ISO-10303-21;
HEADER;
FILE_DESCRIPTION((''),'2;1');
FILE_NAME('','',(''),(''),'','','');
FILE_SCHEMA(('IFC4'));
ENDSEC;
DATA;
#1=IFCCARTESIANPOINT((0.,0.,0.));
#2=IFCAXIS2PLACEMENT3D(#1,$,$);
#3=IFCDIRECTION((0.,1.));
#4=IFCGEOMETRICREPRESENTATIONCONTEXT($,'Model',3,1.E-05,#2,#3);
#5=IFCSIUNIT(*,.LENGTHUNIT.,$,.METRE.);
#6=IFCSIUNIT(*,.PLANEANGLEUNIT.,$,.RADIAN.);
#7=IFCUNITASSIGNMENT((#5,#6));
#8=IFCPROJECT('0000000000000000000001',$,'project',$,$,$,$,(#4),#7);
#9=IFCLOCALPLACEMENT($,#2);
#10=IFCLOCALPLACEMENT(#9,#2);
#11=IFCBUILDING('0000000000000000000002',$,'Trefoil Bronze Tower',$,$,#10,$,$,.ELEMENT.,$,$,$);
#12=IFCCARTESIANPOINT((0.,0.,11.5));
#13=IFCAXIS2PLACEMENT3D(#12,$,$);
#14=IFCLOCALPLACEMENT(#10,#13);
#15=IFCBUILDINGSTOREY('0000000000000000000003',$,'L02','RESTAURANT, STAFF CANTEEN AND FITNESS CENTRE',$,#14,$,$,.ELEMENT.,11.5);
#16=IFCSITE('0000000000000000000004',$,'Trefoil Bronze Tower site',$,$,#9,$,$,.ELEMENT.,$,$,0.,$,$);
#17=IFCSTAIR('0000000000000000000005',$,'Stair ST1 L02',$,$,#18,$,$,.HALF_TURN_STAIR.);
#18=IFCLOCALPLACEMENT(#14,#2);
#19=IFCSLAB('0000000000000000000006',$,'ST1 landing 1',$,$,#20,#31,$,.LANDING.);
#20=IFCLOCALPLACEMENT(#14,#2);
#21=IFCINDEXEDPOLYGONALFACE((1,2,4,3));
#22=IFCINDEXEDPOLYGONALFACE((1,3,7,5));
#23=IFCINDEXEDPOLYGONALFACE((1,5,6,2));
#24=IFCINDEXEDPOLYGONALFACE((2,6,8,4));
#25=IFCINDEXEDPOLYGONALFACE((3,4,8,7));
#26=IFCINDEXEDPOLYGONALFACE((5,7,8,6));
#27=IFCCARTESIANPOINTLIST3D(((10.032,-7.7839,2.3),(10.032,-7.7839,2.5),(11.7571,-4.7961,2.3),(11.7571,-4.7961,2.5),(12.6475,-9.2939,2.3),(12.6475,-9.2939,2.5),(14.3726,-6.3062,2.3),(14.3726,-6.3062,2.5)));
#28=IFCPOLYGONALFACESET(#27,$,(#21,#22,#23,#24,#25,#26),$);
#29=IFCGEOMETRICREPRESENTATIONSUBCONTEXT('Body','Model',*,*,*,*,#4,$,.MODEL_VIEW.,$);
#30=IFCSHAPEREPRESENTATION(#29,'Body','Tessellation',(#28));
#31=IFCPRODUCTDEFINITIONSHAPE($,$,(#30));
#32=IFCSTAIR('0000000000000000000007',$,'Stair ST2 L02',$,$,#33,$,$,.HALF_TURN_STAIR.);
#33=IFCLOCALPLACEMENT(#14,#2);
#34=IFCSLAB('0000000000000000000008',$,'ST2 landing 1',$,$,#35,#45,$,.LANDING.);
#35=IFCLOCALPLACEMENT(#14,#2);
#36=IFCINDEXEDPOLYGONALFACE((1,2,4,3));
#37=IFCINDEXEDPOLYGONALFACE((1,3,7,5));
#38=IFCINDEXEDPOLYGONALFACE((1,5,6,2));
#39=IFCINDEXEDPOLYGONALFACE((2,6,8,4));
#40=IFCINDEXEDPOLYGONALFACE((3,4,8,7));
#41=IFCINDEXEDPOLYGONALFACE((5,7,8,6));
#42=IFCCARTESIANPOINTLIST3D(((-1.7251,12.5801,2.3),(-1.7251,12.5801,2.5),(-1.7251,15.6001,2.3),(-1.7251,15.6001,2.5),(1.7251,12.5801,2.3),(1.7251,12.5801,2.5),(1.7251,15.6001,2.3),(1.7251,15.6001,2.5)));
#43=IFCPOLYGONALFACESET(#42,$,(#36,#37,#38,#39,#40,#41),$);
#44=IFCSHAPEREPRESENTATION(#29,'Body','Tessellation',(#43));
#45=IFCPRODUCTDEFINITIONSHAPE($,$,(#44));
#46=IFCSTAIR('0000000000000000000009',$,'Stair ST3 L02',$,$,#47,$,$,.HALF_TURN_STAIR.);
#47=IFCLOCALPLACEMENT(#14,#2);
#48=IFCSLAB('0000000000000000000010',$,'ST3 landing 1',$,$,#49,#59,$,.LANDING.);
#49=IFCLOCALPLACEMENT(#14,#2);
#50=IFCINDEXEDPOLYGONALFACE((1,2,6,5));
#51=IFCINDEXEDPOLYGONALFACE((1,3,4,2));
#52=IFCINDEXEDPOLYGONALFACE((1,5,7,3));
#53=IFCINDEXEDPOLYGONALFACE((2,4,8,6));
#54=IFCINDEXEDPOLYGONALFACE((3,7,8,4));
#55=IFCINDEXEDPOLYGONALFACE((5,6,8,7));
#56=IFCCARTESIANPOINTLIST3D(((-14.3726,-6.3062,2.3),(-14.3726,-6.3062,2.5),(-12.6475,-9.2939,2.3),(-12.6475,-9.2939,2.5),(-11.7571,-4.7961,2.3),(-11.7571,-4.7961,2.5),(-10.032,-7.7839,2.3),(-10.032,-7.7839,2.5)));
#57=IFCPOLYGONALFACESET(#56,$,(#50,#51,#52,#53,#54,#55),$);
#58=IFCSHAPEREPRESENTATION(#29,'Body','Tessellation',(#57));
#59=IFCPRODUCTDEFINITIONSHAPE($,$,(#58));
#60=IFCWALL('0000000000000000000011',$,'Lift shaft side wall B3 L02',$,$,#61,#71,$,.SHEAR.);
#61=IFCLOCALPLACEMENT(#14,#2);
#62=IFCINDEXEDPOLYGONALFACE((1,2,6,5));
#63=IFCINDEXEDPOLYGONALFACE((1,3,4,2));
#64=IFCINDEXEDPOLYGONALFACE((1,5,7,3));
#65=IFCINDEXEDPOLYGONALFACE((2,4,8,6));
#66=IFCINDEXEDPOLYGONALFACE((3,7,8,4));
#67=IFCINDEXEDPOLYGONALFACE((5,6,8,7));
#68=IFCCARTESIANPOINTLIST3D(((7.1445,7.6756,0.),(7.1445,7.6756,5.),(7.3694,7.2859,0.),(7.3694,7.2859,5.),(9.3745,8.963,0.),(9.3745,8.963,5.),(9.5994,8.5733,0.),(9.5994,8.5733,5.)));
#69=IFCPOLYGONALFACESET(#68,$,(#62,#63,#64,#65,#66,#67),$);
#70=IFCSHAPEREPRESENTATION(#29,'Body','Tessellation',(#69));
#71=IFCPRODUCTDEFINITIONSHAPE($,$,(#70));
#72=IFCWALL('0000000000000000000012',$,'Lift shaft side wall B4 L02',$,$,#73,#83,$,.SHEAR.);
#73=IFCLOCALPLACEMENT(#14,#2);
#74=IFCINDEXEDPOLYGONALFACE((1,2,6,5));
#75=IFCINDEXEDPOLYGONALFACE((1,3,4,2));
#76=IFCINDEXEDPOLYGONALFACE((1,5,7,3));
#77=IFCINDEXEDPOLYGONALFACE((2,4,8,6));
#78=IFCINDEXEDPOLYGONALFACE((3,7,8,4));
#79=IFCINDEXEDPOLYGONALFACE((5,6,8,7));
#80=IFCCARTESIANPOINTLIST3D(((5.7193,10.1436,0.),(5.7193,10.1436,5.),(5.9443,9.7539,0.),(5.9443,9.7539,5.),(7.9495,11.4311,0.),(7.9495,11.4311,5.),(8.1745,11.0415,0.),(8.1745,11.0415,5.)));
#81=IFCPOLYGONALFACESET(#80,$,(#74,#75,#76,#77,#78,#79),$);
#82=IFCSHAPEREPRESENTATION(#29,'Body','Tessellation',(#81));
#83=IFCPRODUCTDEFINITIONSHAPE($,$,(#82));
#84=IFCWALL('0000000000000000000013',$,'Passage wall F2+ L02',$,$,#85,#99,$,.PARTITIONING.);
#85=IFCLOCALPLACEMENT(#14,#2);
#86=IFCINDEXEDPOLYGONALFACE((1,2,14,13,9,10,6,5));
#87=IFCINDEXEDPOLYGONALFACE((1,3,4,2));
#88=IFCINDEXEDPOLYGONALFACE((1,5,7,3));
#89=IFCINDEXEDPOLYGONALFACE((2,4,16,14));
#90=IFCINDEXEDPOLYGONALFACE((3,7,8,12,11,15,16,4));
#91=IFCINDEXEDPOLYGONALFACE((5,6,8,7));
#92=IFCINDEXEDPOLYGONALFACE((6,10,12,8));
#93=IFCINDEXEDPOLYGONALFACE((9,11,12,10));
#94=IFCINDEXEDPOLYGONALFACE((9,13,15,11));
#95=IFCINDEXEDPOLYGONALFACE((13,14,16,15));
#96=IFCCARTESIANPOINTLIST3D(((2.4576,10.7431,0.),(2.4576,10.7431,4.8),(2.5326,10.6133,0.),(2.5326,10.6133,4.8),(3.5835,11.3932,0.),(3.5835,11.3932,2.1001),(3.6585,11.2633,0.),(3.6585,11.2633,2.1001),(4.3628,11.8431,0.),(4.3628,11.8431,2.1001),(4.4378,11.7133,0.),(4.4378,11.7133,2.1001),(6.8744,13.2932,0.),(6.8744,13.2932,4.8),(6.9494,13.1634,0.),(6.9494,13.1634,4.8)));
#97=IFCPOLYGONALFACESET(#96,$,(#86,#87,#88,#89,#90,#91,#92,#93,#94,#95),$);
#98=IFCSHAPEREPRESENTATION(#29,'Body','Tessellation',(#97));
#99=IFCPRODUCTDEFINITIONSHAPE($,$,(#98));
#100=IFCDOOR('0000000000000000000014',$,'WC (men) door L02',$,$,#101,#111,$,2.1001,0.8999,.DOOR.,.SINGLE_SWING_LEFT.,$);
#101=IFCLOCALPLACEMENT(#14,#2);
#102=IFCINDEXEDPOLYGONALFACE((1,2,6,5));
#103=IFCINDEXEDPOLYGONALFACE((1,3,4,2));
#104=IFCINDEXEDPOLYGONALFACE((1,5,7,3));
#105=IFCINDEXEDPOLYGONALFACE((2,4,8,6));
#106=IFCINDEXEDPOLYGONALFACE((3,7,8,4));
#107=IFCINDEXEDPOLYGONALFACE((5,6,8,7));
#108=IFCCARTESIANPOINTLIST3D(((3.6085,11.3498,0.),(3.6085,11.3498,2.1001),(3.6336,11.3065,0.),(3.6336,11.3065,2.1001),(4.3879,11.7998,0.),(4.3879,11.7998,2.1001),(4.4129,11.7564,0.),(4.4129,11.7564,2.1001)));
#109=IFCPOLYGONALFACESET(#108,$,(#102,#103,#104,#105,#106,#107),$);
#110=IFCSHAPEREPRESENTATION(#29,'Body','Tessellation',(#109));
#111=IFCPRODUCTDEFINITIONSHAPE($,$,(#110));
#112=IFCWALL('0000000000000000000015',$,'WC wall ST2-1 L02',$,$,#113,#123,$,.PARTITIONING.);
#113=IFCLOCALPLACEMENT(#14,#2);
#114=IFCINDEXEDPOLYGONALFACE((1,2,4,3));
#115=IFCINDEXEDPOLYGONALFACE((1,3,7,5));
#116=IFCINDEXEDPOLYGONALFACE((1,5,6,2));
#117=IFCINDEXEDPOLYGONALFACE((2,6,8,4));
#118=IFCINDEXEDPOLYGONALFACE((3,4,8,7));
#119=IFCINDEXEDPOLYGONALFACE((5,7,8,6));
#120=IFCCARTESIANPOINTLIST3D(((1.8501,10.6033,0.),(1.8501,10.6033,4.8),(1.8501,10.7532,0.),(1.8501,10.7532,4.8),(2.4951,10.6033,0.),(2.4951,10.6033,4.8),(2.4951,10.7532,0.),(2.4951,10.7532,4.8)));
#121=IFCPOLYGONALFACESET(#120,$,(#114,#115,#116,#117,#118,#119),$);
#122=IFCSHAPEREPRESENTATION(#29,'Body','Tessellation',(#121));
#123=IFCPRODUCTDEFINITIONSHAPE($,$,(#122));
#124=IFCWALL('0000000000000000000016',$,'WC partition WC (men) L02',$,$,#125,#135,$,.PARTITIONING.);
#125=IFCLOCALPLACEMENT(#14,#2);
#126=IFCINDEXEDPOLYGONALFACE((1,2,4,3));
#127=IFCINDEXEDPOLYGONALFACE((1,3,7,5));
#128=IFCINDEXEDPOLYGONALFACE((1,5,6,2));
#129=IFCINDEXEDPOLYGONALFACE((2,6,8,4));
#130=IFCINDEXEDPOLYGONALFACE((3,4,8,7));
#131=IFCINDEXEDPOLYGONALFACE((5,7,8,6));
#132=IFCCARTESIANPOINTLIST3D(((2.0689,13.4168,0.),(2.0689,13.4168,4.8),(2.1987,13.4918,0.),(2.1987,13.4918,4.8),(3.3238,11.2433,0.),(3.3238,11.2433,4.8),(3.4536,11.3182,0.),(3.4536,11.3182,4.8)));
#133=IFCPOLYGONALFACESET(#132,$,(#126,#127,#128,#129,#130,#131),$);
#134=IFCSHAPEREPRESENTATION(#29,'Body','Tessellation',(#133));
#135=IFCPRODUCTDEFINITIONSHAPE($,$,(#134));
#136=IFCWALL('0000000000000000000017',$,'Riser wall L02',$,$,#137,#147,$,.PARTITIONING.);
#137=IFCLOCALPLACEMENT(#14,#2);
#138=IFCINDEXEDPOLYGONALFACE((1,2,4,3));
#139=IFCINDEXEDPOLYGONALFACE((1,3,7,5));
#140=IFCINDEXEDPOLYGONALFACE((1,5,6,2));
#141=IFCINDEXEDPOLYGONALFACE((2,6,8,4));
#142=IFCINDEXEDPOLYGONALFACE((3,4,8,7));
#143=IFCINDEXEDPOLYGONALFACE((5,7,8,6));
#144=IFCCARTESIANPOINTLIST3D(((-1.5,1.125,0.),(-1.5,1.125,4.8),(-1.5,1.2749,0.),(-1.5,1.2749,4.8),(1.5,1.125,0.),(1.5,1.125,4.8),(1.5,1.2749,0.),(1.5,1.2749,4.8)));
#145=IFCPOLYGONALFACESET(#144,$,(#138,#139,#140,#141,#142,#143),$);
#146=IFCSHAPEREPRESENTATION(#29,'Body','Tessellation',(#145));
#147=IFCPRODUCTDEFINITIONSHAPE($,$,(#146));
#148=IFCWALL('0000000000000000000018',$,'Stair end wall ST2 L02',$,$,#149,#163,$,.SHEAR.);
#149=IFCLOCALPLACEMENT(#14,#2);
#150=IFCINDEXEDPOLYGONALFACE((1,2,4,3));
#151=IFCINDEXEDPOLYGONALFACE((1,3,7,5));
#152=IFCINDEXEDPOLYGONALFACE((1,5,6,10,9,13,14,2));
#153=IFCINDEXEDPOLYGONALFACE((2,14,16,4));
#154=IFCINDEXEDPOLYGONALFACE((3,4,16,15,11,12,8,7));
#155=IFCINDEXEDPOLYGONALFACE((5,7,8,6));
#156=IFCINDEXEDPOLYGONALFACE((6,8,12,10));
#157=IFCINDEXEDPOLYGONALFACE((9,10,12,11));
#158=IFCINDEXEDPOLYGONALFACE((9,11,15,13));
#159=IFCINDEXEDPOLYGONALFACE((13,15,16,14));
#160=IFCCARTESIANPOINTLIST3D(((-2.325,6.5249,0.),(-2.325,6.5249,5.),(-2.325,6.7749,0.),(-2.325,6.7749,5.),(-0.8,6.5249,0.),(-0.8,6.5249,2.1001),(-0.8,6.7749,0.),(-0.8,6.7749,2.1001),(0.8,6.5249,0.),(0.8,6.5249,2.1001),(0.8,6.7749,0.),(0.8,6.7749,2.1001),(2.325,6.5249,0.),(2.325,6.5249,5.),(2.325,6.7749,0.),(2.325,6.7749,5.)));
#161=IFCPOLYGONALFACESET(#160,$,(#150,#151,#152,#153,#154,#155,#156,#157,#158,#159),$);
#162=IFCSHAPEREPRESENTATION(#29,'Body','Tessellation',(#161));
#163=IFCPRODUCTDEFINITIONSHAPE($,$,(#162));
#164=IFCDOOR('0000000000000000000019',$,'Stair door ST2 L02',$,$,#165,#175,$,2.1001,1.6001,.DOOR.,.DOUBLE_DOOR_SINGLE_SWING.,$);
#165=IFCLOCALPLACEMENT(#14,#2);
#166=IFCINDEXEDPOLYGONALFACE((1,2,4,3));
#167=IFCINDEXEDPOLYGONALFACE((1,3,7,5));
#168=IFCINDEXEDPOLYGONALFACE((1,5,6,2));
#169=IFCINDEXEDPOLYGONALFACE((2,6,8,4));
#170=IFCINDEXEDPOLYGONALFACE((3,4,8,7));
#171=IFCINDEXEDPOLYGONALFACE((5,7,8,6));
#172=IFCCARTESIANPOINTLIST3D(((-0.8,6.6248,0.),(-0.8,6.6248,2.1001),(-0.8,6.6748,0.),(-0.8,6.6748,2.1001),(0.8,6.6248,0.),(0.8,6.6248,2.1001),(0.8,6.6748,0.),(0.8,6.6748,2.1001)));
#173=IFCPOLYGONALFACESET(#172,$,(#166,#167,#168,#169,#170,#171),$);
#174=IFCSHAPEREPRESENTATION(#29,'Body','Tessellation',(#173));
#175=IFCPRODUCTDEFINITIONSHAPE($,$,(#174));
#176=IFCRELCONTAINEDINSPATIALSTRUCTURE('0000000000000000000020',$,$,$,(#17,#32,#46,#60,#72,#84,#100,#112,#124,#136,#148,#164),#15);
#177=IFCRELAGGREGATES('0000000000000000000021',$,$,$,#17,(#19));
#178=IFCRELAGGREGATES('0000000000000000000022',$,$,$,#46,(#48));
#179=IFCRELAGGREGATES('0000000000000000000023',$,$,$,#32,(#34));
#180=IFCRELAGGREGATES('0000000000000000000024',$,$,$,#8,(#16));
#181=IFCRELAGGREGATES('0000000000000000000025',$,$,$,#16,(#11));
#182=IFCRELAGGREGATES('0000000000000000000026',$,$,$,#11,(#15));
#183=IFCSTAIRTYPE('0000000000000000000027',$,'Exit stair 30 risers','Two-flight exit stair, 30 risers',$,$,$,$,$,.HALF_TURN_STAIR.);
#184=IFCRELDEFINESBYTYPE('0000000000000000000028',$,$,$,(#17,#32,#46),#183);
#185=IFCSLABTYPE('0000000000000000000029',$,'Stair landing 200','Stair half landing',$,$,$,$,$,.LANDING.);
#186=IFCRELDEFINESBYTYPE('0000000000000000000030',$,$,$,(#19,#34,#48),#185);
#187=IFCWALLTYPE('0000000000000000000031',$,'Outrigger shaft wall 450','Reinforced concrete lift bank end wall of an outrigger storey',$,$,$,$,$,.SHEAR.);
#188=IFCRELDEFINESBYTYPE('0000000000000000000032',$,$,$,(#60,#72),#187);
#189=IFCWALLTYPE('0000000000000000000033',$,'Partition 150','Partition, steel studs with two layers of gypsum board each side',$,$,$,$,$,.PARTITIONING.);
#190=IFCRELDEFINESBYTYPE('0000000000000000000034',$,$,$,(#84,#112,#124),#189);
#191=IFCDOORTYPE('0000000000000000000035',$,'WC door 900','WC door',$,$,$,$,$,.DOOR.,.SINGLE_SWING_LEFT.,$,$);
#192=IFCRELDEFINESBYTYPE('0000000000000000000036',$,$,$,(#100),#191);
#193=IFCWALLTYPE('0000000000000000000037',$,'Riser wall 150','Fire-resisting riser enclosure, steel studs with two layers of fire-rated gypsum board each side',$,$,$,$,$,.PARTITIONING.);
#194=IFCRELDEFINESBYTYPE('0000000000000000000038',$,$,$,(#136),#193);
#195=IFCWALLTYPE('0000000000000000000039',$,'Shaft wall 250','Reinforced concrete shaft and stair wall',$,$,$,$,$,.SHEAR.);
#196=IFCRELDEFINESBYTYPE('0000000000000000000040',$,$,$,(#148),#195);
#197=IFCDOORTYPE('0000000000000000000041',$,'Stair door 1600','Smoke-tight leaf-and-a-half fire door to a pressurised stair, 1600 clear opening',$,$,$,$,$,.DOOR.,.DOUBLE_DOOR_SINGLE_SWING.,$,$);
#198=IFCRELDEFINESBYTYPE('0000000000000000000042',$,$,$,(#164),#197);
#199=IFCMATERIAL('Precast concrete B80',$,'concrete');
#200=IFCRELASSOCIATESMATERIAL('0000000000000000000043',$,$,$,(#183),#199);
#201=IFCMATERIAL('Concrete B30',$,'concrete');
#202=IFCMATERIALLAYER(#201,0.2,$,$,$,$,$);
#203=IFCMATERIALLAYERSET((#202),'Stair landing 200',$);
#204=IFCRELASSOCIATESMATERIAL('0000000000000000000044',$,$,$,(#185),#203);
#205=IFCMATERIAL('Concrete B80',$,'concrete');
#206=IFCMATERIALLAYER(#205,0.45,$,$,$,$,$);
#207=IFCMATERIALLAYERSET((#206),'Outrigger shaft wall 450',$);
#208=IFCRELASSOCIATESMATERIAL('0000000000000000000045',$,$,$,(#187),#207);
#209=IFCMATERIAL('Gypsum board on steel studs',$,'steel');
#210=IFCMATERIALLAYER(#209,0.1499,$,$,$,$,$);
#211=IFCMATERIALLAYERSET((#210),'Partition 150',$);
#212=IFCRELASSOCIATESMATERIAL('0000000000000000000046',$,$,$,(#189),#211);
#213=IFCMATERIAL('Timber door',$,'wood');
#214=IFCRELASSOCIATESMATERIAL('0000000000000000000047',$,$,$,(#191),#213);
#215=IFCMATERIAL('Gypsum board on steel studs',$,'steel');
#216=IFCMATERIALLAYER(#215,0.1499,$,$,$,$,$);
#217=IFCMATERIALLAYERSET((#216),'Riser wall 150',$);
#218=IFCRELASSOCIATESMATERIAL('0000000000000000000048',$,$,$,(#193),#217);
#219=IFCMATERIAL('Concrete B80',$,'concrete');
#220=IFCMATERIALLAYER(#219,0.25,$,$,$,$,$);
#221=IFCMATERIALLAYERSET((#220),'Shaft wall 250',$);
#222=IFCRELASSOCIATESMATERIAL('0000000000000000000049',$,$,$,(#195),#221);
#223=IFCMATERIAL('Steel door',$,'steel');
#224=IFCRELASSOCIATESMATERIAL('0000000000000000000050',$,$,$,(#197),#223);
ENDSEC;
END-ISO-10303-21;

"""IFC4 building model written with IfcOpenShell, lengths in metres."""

from ifc_helpers import new_model, si_unit, direction, frame, frame_2d, origin, place, context, subcontext, project, spatial, polyline, rectangle, outline, extrude, material, layer, layer_set, type_object, element, fill, aggregate, save


model = new_model("IFC4")

# Units and contexts
model_context = context("Model", 3, precision=1e-05, world=origin(), true_north=direction((0.0, 1.0)))
body_context = subcontext(model_context, "Body", "Model", "MODEL_VIEW")
ifc_project = project(units=[si_unit("LENGTHUNIT", "METRE"), si_unit("PLANEANGLEUNIT", "RADIAN")], contexts=[model_context])

# Site, building, storey
site_placement = place(None, origin())
site = spatial("IfcSite", under=ifc_project, at=site_placement, Name="Trefoil Bronze Tower site", CompositionType="ELEMENT", RefElevation=0.0)
building_placement = place(site_placement, origin())
building = spatial("IfcBuilding", under=site, at=building_placement, Name="Trefoil Bronze Tower", CompositionType="ELEMENT")
storey_placement = place(building_placement, frame((0.0, 0.0, 11.5)))
storey = spatial("IfcBuildingStorey", under=building, at=storey_placement, Name="L02", Description="RESTAURANT, STAFF CANTEEN AND FITNESS CENTRE", CompositionType="ELEMENT", Elevation=11.5)

# Stairs, slabs
ifc_material_1 = material(Name="Precast concrete B80", Category="concrete")
stair_type = type_object("IfcStairType", Name="Exit stair 30 risers", Description="Two-flight exit stair, 30 risers", PredefinedType="HALF_TURN_STAIR", material=ifc_material_1)
stair_1_placement = place(storey_placement, origin())
stair_1 = element("IfcStair", 1, at=stair_1_placement, inside=storey, type_object=stair_type, Name="Stair ST1 L02", PredefinedType="HALF_TURN_STAIR")
ifc_material_2 = material(Name="Concrete B30", Category="concrete")
ifc_layer_1 = layer(ifc_material_2, 0.2)
ifc_layer_set_1 = layer_set([ifc_layer_1], Name="Stair landing 200")
slab_type = type_object("IfcSlabType", Name="Stair landing 200", Description="Stair half landing", PredefinedType="LANDING", material=ifc_layer_set_1)
slab_1_placement = place(storey_placement, frame((0.0, 0.0, 2.3)))
slab_1 = element("IfcSlab", 2, at=slab_1_placement, type_object=slab_type, Name="ST1 landing 1", PredefinedType="LANDING", context=body_context, shape_type="SweptSolid", body=[
    extrude(outline(polyline([(10.032, -7.7839), (12.6475, -9.2939), (14.3726, -6.3062), (11.7571, -4.7961), (10.032, -7.7839)])), origin(), (0.0, 0.0, 1.0), 0.2),
])
aggregate(stair_1, [slab_1])
stair_2_placement = place(storey_placement, origin())
stair_2 = element("IfcStair", 3, at=stair_2_placement, inside=storey, type_object=stair_type, Name="Stair ST2 L02", PredefinedType="HALF_TURN_STAIR")
slab_2_placement = place(storey_placement, frame((0.0, 0.0, 2.3)))
slab_2 = element("IfcSlab", 4, at=slab_2_placement, type_object=slab_type, Name="ST2 landing 1", PredefinedType="LANDING", context=body_context, shape_type="SweptSolid", body=[
    extrude(outline(polyline([(1.7251, 12.5801), (1.7251, 15.6001), (-1.7251, 15.6001), (-1.7251, 12.5801), (1.7251, 12.5801)])), origin(), (0.0, 0.0, 1.0), 0.2),
])
stair_3_placement = place(storey_placement, origin())
stair_3 = element("IfcStair", 5, at=stair_3_placement, inside=storey, type_object=stair_type, Name="Stair ST3 L02", PredefinedType="HALF_TURN_STAIR")
slab_3_placement = place(storey_placement, frame((0.0, 0.0, 2.3)))
slab_3 = element("IfcSlab", 6, at=slab_3_placement, type_object=slab_type, Name="ST3 landing 1", PredefinedType="LANDING", context=body_context, shape_type="SweptSolid", body=[
    extrude(outline(polyline([(-11.7571, -4.7961), (-14.3726, -6.3062), (-12.6475, -9.2939), (-10.032, -7.7839), (-11.7571, -4.7961)])), origin(), (0.0, 0.0, 1.0), 0.2),
])
aggregate(stair_3, [slab_3])

# Walls
ifc_material_3 = material(Name="Concrete B80", Category="concrete")
ifc_layer_2 = layer(ifc_material_3, 0.45)
ifc_layer_set_2 = layer_set([ifc_layer_2], Name="Outrigger shaft wall 450")
wall_type_1 = type_object("IfcWallType", Name="Outrigger shaft wall 450", Description="Reinforced concrete lift bank end wall of an outrigger storey", PredefinedType="SHEAR", material=ifc_layer_set_2)
wall_1_placement = place(storey_placement, frame((7.2568, 7.4807, 0.0), z_axis=(0.0, 0.0, 1.0), x_axis=(0.866047, 0.499963, 0.0)))
element("IfcWall", 7, at=wall_1_placement, inside=storey, type_object=wall_type_1, Name="Lift shaft side wall B3 L02", PredefinedType="SHEAR", context=body_context, shape_type="SweptSolid", body=[
    extrude(rectangle(XDim=2.575, YDim=0.45, at=frame_2d((1.2876, 0.0))), origin(), (0.0, 0.0, 1.0), 5.0),
])
wall_2_placement = place(storey_placement, frame((5.8318, 9.9487, 0.0), z_axis=(0.0, 0.0, 1.0), x_axis=(0.866029, 0.499993, 0.0)))
element("IfcWall", 8, at=wall_2_placement, inside=storey, type_object=wall_type_1, Name="Lift shaft side wall B4 L02", PredefinedType="SHEAR", context=body_context, shape_type="SweptSolid", body=[
    extrude(rectangle(XDim=2.5752, YDim=0.45, at=frame_2d((1.2876, 0.0))), origin(), (0.0, 0.0, 1.0), 5.0),
])

# Wall, opening, door
ifc_material_4 = material(Name="Gypsum board on steel studs", Category="steel")
ifc_layer_3 = layer(ifc_material_4, 0.1499)
ifc_layer_set_3 = layer_set([ifc_layer_3], Name="Partition 150")
wall_type_2 = type_object("IfcWallType", Name="Partition 150", Description="Partition, steel studs with two layers of gypsum board each side", PredefinedType="PARTITIONING", material=ifc_layer_set_3)
wall_3_placement = place(storey_placement, frame((2.4951, 10.6782, 0.0), z_axis=(0.0, 0.0, 1.0), x_axis=(0.866022, 0.500006, 0.0)))
wall_3 = element("IfcWall", 9, at=wall_3_placement, inside=storey, type_object=wall_type_2, Name="Passage wall F2+ L02", PredefinedType="PARTITIONING", context=body_context, shape_type="SweptSolid", body=[
    extrude(rectangle(XDim=5.1001, YDim=0.1499, at=frame_2d((2.55, 0.0))), origin(), (0.0, 0.0, 1.0), 4.8),
])
opening_1_placement = place(wall_3_placement, frame((1.3, 0.0, 0.0)))
opening_1 = element("IfcOpeningElement", 10, at=opening_1_placement, cuts=wall_3, PredefinedType="OPENING", context=body_context, shape_type="SweptSolid", body=[
    extrude(rectangle(XDim=0.8999, YDim=2.1001, at=frame_2d((0.45, 1.05))), frame((0.0, 0.085, 0.0), z_axis=(0.0, -1.0, 0.0), x_axis=(1.0, 0.0, 0.0)), (0.0, 0.0, 1.0), 0.1699),
])
ifc_material_5 = material(Name="Timber door", Category="wood")
door_type_1 = type_object("IfcDoorType", Name="WC door 900", Description="WC door", OperationType="SINGLE_SWING_LEFT", PredefinedType="DOOR", material=ifc_material_5)
door_1_placement = place(opening_1_placement, origin())
door_1 = element("IfcDoor", 11, at=door_1_placement, inside=storey, type_object=door_type_1, Name="WC (men) door L02", OperationType="SINGLE_SWING_LEFT", OverallHeight=2.1001, OverallWidth=0.8999, PredefinedType="DOOR", context=body_context, shape_type="SweptSolid", body=[
    extrude(rectangle(XDim=0.8999, YDim=2.1001, at=frame_2d((0.45, 1.05))), frame((0.0, 0.0249, 0.0), z_axis=(0.0, -1.0, 0.0), x_axis=(1.0, 0.0, 0.0)), (0.0, 0.0, 1.0), 0.05),
])
fill(opening_1, door_1)

# Walls
wall_4_placement = place(storey_placement, frame((2.4951, 10.6782, 0.0), z_axis=(0.0, 0.0, 1.0), x_axis=(-1.0, 0.0, 0.0)))
element("IfcWall", 12, at=wall_4_placement, inside=storey, type_object=wall_type_2, Name="WC wall ST2-1 L02", PredefinedType="PARTITIONING", context=body_context, shape_type="SweptSolid", body=[
    extrude(rectangle(XDim=0.645, YDim=0.1499, at=frame_2d((0.3225, 0.0))), origin(), (0.0, 0.0, 1.0), 4.8),
])
wall_5_placement = place(storey_placement, frame((3.3887, 11.2808, 0.0), z_axis=(0.0, 0.0, 1.0), x_axis=(-0.499989, 0.866032, 0.0)))
element("IfcWall", 13, at=wall_5_placement, inside=storey, type_object=wall_type_2, Name="WC partition WC (men) L02", PredefinedType="PARTITIONING", context=body_context, shape_type="SweptSolid", body=[
    extrude(rectangle(XDim=2.5098, YDim=0.1499, at=frame_2d((1.2549, 0.0))), origin(), (0.0, 0.0, 1.0), 4.8),
])
ifc_material_6 = material(Name="Gypsum board on steel studs", Category="steel")
ifc_layer_4 = layer(ifc_material_6, 0.1499)
ifc_layer_set_4 = layer_set([ifc_layer_4], Name="Riser wall 150")
wall_type_3 = type_object("IfcWallType", Name="Riser wall 150", Description="Fire-resisting riser enclosure, steel studs with two layers of fire-rated gypsum board each side", PredefinedType="PARTITIONING", material=ifc_layer_set_4)
wall_6_placement = place(storey_placement, frame((1.5, 1.2, 0.0), z_axis=(0.0, 0.0, 1.0), x_axis=(-1.0, 0.0, 0.0)))
element("IfcWall", 14, at=wall_6_placement, inside=storey, type_object=wall_type_3, Name="Riser wall L02", PredefinedType="PARTITIONING", context=body_context, shape_type="SweptSolid", body=[
    extrude(rectangle(XDim=3.0, YDim=0.1499, at=frame_2d((1.5, 0.0))), origin(), (0.0, 0.0, 1.0), 4.8),
])

# Wall, opening, door
ifc_material_7 = material(Name="Concrete B80", Category="concrete")
ifc_layer_5 = layer(ifc_material_7, 0.25)
ifc_layer_set_5 = layer_set([ifc_layer_5], Name="Shaft wall 250")
wall_type_4 = type_object("IfcWallType", Name="Shaft wall 250", Description="Reinforced concrete shaft and stair wall", PredefinedType="SHEAR", material=ifc_layer_set_5)
wall_7_placement = place(storey_placement, frame((2.325, 6.6499, 0.0), z_axis=(0.0, 0.0, 1.0), x_axis=(-1.0, 0.0, 0.0)))
wall_7 = element("IfcWall", 15, at=wall_7_placement, inside=storey, type_object=wall_type_4, Name="Stair end wall ST2 L02", PredefinedType="SHEAR", context=body_context, shape_type="SweptSolid", body=[
    extrude(rectangle(XDim=4.6499, YDim=0.25, at=frame_2d((2.325, 0.0))), origin(), (0.0, 0.0, 1.0), 5.0),
])
opening_2_placement = place(wall_7_placement, frame((1.5249, 0.0, 0.0)))
opening_2 = element("IfcOpeningElement", 16, at=opening_2_placement, cuts=wall_7, PredefinedType="OPENING", context=body_context, shape_type="SweptSolid", body=[
    extrude(rectangle(XDim=1.6001, YDim=2.1001, at=frame_2d((0.8, 1.05))), frame((0.0, 0.135, 0.0), z_axis=(0.0, -1.0, 0.0), x_axis=(1.0, 0.0, 0.0)), (0.0, 0.0, 1.0), 0.27),
])
ifc_material_8 = material(Name="Steel door", Category="steel")
door_type_2 = type_object("IfcDoorType", Name="Stair door 1600", Description="Smoke-tight leaf-and-a-half fire door to a pressurised stair, 1600 clear opening", OperationType="DOUBLE_DOOR_SINGLE_SWING", PredefinedType="DOOR", material=ifc_material_8)
door_2_placement = place(opening_2_placement, frame((1.6001, 0.0, 0.0), z_axis=(0.0, 0.0, 1.0), x_axis=(-1.0, 0.0, 0.0)))
door_2 = element("IfcDoor", 17, at=door_2_placement, inside=storey, type_object=door_type_2, Name="Stair door ST2 L02", OperationType="DOUBLE_DOOR_SINGLE_SWING", OverallHeight=2.1001, OverallWidth=1.6001, PredefinedType="DOOR", context=body_context, shape_type="SweptSolid", body=[
    extrude(rectangle(XDim=1.6001, YDim=2.1001, at=frame_2d((0.8, 1.05))), frame((0.0, 0.0249, 0.0), z_axis=(0.0, -1.0, 0.0), x_axis=(1.0, 0.0, 0.0)), (0.0, 0.0, 1.0), 0.05),
])
fill(opening_2, door_2)

aggregate(stair_2, [slab_2])

save(model, "model.ifc")
